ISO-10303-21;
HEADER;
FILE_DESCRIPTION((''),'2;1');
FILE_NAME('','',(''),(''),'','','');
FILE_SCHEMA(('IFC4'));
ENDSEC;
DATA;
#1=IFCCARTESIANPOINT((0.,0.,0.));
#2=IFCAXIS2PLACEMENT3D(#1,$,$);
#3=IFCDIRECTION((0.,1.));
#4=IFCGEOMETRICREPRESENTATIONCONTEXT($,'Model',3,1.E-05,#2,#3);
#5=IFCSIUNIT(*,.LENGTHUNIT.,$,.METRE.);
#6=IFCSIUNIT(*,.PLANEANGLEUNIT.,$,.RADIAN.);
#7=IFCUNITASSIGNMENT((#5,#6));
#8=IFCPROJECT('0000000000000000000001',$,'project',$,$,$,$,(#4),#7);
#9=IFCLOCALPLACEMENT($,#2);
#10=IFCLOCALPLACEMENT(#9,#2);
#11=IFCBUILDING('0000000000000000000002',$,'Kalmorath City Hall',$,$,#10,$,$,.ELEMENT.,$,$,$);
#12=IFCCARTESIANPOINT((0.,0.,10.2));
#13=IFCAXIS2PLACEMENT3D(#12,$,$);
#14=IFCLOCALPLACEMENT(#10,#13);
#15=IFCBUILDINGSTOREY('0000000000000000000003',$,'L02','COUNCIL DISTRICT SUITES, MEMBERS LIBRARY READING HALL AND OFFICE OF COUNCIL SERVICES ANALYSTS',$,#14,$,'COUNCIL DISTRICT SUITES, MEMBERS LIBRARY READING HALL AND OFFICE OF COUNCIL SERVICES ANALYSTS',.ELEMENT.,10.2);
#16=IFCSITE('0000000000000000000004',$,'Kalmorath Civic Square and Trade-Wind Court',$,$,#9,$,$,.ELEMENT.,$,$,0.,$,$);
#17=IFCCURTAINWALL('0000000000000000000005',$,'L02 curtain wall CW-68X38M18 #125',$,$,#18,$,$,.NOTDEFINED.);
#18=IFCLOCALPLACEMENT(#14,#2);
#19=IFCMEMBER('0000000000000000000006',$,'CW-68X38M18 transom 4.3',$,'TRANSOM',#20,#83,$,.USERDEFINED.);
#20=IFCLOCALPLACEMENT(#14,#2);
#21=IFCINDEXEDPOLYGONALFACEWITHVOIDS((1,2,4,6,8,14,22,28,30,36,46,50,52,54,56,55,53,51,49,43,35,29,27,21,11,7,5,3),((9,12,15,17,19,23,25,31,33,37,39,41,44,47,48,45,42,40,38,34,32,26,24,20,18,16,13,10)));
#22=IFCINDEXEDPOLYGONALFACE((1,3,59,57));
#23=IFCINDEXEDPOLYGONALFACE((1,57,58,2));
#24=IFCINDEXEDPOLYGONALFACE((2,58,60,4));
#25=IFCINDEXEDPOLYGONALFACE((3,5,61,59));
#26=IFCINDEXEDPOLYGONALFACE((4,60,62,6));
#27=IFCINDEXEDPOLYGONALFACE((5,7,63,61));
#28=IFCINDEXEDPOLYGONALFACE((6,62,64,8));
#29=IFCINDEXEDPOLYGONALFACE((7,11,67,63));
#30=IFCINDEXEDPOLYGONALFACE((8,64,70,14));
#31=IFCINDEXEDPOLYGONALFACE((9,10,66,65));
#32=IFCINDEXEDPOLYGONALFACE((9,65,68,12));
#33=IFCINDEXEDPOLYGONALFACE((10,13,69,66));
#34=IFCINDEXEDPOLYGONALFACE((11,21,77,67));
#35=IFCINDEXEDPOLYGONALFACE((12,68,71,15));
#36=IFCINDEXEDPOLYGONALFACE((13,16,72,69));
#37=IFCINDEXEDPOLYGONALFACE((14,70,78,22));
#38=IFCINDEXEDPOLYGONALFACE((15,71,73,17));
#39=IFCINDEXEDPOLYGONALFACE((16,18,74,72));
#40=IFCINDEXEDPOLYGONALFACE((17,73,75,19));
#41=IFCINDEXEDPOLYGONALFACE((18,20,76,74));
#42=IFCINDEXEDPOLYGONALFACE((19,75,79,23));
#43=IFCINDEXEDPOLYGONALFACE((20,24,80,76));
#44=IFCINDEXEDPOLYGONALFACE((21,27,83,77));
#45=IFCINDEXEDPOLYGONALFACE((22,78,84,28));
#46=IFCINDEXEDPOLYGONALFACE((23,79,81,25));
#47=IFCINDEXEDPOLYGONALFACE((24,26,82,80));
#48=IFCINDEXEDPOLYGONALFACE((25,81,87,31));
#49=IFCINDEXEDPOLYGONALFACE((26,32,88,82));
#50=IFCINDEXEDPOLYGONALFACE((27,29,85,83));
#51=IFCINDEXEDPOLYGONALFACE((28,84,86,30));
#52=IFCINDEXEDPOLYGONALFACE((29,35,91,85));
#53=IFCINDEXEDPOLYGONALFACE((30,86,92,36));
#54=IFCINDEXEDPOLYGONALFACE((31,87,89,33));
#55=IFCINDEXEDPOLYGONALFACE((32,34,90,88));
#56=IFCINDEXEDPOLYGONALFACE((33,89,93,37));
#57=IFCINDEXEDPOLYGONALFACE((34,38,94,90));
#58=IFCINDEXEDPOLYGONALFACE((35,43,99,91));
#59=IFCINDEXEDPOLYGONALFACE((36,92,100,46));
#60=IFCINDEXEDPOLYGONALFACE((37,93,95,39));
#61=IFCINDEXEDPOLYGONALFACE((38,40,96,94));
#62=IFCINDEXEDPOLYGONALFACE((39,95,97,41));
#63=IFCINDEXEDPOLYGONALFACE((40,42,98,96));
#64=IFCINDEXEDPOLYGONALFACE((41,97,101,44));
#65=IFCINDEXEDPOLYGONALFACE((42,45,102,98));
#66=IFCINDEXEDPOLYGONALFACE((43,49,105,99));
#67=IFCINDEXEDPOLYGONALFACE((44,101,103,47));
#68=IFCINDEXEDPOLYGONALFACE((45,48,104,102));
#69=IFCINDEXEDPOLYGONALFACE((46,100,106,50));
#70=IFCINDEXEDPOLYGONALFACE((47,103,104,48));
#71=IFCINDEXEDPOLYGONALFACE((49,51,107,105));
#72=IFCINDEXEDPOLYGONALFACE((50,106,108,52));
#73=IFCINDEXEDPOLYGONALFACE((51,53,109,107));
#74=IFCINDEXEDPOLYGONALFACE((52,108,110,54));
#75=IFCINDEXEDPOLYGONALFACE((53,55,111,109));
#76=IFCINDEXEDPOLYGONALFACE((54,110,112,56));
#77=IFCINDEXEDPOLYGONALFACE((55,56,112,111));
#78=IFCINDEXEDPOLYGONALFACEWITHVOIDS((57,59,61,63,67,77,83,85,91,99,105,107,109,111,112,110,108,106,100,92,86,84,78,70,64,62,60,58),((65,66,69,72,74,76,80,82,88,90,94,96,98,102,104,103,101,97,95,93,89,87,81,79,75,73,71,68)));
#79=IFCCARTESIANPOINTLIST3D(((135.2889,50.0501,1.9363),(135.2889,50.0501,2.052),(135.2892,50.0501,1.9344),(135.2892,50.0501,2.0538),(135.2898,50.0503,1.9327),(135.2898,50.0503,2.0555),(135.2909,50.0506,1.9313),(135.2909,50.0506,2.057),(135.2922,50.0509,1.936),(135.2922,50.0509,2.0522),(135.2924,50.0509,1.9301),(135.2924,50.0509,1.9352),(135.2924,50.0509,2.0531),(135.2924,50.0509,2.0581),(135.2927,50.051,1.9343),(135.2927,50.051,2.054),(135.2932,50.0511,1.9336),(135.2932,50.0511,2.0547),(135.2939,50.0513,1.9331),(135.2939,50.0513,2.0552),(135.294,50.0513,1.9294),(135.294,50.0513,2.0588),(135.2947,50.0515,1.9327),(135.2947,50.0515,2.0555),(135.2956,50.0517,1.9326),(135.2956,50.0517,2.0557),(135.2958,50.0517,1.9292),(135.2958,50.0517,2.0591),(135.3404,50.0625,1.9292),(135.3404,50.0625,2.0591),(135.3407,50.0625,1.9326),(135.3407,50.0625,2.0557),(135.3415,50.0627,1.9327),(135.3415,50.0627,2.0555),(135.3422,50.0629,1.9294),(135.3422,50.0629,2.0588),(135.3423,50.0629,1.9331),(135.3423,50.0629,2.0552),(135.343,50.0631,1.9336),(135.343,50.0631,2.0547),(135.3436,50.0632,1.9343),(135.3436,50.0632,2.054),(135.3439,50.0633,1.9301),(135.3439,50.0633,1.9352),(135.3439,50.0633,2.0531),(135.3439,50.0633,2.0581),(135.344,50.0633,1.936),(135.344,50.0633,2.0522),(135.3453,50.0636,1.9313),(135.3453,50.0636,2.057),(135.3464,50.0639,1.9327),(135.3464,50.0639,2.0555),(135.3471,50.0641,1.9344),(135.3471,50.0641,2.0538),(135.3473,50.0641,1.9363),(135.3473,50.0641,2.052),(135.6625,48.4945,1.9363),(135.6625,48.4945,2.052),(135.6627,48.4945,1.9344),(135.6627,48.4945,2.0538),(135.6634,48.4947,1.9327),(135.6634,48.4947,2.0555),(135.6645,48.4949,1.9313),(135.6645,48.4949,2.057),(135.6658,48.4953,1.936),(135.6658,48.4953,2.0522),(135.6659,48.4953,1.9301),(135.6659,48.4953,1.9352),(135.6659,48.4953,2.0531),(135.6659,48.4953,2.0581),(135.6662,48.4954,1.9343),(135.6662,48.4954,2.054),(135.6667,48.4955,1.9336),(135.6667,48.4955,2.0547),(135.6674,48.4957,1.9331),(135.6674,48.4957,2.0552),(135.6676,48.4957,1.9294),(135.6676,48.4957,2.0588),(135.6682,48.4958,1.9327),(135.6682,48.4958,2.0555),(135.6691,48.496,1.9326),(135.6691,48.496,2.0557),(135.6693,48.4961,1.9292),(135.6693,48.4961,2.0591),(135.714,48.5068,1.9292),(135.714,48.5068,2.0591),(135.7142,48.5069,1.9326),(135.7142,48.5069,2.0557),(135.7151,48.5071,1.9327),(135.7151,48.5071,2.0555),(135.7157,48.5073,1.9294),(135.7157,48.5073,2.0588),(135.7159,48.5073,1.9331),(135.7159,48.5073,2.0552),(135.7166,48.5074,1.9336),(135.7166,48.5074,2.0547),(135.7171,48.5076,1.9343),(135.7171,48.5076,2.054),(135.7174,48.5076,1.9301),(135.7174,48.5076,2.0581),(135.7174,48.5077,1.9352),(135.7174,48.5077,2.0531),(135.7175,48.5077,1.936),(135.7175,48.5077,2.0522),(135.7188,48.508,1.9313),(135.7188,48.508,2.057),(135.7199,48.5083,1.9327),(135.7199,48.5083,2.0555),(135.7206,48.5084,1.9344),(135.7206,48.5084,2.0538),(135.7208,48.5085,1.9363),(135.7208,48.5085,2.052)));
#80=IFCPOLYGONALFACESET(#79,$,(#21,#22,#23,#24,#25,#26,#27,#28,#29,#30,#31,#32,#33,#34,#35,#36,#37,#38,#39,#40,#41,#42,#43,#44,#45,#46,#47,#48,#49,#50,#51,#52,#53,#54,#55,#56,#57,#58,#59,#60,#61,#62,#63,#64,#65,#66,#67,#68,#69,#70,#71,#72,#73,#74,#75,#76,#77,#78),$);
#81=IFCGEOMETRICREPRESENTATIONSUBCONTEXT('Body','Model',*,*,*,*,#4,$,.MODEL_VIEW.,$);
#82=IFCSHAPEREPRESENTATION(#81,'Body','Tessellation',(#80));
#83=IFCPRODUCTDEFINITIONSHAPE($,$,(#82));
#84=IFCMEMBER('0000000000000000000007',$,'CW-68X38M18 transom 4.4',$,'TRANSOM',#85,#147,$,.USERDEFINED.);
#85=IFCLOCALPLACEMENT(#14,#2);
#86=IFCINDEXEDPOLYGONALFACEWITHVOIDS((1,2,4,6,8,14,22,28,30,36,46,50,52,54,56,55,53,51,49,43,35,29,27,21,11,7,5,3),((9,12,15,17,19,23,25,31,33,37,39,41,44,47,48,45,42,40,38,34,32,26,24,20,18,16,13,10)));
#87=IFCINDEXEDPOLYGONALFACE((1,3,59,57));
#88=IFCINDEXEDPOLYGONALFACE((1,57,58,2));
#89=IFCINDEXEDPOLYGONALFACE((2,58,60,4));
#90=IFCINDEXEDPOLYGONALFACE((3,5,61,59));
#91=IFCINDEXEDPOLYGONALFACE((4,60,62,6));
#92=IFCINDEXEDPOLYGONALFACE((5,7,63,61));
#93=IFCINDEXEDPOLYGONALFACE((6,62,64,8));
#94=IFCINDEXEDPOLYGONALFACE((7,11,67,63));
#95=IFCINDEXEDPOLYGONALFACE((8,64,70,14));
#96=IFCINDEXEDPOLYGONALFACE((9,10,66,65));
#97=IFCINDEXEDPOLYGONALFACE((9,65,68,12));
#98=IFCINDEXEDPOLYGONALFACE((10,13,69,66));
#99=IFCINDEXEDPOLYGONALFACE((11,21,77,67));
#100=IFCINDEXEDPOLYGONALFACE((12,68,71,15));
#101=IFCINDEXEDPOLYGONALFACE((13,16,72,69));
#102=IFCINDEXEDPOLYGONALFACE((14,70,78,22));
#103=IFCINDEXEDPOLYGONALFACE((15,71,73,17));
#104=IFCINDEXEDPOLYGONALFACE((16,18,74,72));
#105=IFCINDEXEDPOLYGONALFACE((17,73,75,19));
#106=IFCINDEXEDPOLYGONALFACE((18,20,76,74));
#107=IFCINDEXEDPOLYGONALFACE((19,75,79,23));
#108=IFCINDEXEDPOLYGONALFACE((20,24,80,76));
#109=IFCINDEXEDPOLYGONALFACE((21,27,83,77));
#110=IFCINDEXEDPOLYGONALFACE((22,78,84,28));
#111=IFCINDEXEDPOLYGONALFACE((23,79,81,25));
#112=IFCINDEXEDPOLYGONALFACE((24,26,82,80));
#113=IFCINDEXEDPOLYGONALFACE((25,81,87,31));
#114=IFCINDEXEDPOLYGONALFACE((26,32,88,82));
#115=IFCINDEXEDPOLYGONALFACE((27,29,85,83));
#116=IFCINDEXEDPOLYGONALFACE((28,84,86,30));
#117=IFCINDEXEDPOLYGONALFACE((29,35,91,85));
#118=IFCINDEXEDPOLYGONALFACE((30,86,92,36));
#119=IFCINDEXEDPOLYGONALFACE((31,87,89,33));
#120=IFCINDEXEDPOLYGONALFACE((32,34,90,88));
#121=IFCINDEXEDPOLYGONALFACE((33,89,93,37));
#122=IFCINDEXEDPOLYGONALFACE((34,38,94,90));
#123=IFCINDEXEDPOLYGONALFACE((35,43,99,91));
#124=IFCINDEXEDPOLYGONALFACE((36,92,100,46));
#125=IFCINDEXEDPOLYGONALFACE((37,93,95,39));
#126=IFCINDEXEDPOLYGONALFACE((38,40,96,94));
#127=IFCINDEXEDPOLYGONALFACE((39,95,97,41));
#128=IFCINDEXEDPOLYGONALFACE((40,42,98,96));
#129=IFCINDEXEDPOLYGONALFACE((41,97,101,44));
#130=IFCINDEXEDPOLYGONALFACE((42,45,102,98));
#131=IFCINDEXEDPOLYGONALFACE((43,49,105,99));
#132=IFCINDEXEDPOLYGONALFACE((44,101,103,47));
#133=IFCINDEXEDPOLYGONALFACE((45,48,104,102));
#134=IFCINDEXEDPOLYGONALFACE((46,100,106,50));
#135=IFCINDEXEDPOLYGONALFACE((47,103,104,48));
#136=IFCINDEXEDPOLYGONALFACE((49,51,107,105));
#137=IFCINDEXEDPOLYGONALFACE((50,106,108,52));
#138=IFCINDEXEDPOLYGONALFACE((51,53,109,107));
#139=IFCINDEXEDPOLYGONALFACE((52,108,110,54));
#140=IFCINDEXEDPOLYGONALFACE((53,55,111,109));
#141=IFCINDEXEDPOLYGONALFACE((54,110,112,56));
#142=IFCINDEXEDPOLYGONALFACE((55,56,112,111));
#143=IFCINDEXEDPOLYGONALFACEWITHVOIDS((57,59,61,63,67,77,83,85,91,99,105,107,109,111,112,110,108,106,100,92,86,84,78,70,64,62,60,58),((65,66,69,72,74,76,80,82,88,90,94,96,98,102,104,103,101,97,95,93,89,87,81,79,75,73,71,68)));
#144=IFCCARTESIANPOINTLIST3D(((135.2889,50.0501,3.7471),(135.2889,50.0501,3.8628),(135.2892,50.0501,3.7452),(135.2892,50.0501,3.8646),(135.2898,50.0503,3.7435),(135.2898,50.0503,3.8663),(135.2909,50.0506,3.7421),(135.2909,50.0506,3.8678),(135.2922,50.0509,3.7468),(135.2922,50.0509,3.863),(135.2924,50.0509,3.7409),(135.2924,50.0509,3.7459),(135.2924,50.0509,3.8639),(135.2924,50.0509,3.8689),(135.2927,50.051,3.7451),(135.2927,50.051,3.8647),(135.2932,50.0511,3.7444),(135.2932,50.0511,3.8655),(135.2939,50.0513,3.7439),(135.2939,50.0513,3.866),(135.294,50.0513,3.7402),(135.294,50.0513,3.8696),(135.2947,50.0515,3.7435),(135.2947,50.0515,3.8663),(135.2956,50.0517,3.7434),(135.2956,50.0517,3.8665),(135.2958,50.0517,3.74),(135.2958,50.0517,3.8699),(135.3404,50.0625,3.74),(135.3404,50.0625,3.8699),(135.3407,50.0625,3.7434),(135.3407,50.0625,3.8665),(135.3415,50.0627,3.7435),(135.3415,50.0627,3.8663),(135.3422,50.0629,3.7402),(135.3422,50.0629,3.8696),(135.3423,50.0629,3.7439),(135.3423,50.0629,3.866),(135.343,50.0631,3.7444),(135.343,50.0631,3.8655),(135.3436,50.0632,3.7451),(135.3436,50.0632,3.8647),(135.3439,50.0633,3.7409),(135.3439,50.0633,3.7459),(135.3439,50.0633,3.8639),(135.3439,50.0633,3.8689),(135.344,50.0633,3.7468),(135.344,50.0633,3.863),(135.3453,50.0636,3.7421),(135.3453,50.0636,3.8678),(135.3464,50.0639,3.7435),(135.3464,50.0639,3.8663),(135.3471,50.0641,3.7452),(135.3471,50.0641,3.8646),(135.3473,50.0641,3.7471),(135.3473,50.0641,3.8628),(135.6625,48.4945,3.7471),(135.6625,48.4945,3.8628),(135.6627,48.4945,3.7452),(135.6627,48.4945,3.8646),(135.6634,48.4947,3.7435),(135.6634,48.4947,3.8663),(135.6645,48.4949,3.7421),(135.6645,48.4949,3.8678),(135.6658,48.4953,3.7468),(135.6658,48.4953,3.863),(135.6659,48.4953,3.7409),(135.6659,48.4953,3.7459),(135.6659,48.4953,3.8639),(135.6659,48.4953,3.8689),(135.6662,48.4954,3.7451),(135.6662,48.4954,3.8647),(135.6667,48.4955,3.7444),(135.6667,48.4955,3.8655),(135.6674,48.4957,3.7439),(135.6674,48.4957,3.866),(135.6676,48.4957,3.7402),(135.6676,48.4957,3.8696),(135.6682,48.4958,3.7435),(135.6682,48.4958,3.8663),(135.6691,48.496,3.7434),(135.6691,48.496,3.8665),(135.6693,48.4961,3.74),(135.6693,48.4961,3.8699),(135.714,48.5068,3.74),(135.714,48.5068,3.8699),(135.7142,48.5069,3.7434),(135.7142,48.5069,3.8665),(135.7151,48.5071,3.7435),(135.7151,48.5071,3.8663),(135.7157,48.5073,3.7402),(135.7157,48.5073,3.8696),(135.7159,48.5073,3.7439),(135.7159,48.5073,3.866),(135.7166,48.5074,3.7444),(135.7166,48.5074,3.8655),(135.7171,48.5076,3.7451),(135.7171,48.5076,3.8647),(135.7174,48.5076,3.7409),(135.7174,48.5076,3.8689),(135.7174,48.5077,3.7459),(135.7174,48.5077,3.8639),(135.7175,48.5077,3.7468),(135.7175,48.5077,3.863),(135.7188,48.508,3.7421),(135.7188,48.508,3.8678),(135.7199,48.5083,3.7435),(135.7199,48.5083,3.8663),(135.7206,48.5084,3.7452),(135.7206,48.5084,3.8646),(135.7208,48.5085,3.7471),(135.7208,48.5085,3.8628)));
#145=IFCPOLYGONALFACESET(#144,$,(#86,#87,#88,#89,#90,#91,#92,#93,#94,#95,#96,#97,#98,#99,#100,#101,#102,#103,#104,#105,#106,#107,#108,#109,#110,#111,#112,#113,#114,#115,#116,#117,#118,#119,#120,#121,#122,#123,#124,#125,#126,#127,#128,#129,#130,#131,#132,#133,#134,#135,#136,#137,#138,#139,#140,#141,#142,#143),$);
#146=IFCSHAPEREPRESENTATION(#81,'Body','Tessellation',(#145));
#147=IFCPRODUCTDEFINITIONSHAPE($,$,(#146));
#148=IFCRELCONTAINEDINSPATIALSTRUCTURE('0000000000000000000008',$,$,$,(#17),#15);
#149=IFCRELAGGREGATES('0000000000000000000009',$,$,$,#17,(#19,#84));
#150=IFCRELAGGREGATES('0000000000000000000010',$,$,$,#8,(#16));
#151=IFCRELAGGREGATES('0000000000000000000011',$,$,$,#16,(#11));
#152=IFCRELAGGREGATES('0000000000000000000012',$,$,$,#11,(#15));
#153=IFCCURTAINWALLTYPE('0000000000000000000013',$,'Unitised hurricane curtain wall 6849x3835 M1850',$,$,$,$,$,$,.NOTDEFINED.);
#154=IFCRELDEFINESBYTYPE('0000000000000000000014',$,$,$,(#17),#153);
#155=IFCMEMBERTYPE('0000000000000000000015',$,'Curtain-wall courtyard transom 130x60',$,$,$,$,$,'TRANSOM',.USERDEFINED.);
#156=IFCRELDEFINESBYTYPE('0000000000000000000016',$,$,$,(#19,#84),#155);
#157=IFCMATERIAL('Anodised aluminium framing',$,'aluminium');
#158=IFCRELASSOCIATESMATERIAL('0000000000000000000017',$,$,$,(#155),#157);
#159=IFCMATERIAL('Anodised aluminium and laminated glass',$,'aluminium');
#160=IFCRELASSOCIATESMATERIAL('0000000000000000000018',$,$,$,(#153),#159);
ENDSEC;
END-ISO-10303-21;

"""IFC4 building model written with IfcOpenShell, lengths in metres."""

from ifc_helpers import new_model, si_unit, direction, frame, origin, origin_2d, place, context, subcontext, project, spatial, hollow_rectangle, extrude, material, material_profile, profile_set, type_object, element, aggregate, save


model = new_model("IFC4")

# Units and contexts
model_context = context("Model", 3, precision=1e-05, world=origin(), true_north=direction((0.0, 1.0)))
body_context = subcontext(model_context, "Body", "Model", "MODEL_VIEW")
ifc_project = project(units=[si_unit("LENGTHUNIT", "METRE"), si_unit("PLANEANGLEUNIT", "RADIAN")], contexts=[model_context])

# Site, building, storey
site_placement = place(None, origin())
site = spatial("IfcSite", under=ifc_project, at=site_placement, Name="Kalmorath Civic Square and Trade-Wind Court", CompositionType="ELEMENT", RefElevation=0.0)
building_placement = place(site_placement, origin())
building = spatial("IfcBuilding", under=site, at=building_placement, Name="Kalmorath City Hall", CompositionType="ELEMENT")
storey_placement = place(building_placement, frame((0.0, 0.0, 10.2)))
storey = spatial("IfcBuildingStorey", under=building, at=storey_placement, Name="L02", Description="COUNCIL DISTRICT SUITES, MEMBERS LIBRARY READING HALL AND OFFICE OF COUNCIL SERVICES ANALYSTS", LongName="COUNCIL DISTRICT SUITES, MEMBERS LIBRARY READING HALL AND OFFICE OF COUNCIL SERVICES ANALYSTS", CompositionType="ELEMENT", Elevation=10.2)

# Curtain wall, members
ifc_material_1 = material(Name="Anodised aluminium framing", Category="aluminium")
ifc_material_profile_1 = material_profile(ifc_material_1, hollow_rectangle(XDim=0.0601, YDim=0.1299, WallThickness=0.0034, InnerFilletRadius=0.0034, OuterFilletRadius=0.0071, at=origin_2d()), Name="ALU-TRN-130X60X3.5")
ifc_profile_set_1 = profile_set([ifc_material_profile_1], Name="Anodised aluminium framing")
member_type_1 = type_object("IfcMemberType", Name="Curtain-wall courtyard transom 130x60", ElementType="TRANSOM", PredefinedType="USERDEFINED", material=ifc_profile_set_1)
ifc_material_2 = material(Name="Anodised aluminium and laminated glass", Category="aluminium")
curtain_wall_type_1 = type_object("IfcCurtainWallType", Name="Unitised hurricane curtain wall 6849x3835 M1850", PredefinedType="NOTDEFINED", material=ifc_material_2)
curtain_wall_1_placement = place(storey_placement, origin())
curtain_wall_1 = element("IfcCurtainWall", 1, at=curtain_wall_1_placement, inside=storey, type_object=curtain_wall_type_1, Name="L02 curtain wall CW-68X38M18 #125", PredefinedType="NOTDEFINED")
member_1_placement = place(storey_placement, frame((135.6917, 48.5015, 1.9941), z_axis=(-0.233477, 0.972362, 0.0), x_axis=(-0.972362, -0.233477, 0.0)))
member_1 = element("IfcMember", 2, at=member_1_placement, type_object=member_type_1, Name="CW-68X38M18 transom 4.3", ObjectType="TRANSOM", PredefinedType="USERDEFINED", context=body_context, shape_type="SweptSolid", body=[
    extrude(hollow_rectangle(XDim=0.0601, YDim=0.1299, WallThickness=0.0034, InnerFilletRadius=0.0034, OuterFilletRadius=0.0071, at=origin_2d()), origin(), (0.0, 0.0, 1.0), 1.5999),
])
member_2_placement = place(storey_placement, frame((135.6917, 48.5015, 3.8049), z_axis=(-0.233477, 0.972362, 0.0), x_axis=(-0.972362, -0.233477, 0.0)))
member_2 = element("IfcMember", 3, at=member_2_placement, type_object=member_type_1, Name="CW-68X38M18 transom 4.4", ObjectType="TRANSOM", PredefinedType="USERDEFINED", context=body_context, shape_type="SweptSolid", body=[
    extrude(hollow_rectangle(XDim=0.0601, YDim=0.1299, WallThickness=0.0034, InnerFilletRadius=0.0034, OuterFilletRadius=0.0071, at=origin_2d()), origin(), (0.0, 0.0, 1.0), 1.5999),
])

aggregate(curtain_wall_1, [member_1, member_2])

save(model, "model.ifc")
